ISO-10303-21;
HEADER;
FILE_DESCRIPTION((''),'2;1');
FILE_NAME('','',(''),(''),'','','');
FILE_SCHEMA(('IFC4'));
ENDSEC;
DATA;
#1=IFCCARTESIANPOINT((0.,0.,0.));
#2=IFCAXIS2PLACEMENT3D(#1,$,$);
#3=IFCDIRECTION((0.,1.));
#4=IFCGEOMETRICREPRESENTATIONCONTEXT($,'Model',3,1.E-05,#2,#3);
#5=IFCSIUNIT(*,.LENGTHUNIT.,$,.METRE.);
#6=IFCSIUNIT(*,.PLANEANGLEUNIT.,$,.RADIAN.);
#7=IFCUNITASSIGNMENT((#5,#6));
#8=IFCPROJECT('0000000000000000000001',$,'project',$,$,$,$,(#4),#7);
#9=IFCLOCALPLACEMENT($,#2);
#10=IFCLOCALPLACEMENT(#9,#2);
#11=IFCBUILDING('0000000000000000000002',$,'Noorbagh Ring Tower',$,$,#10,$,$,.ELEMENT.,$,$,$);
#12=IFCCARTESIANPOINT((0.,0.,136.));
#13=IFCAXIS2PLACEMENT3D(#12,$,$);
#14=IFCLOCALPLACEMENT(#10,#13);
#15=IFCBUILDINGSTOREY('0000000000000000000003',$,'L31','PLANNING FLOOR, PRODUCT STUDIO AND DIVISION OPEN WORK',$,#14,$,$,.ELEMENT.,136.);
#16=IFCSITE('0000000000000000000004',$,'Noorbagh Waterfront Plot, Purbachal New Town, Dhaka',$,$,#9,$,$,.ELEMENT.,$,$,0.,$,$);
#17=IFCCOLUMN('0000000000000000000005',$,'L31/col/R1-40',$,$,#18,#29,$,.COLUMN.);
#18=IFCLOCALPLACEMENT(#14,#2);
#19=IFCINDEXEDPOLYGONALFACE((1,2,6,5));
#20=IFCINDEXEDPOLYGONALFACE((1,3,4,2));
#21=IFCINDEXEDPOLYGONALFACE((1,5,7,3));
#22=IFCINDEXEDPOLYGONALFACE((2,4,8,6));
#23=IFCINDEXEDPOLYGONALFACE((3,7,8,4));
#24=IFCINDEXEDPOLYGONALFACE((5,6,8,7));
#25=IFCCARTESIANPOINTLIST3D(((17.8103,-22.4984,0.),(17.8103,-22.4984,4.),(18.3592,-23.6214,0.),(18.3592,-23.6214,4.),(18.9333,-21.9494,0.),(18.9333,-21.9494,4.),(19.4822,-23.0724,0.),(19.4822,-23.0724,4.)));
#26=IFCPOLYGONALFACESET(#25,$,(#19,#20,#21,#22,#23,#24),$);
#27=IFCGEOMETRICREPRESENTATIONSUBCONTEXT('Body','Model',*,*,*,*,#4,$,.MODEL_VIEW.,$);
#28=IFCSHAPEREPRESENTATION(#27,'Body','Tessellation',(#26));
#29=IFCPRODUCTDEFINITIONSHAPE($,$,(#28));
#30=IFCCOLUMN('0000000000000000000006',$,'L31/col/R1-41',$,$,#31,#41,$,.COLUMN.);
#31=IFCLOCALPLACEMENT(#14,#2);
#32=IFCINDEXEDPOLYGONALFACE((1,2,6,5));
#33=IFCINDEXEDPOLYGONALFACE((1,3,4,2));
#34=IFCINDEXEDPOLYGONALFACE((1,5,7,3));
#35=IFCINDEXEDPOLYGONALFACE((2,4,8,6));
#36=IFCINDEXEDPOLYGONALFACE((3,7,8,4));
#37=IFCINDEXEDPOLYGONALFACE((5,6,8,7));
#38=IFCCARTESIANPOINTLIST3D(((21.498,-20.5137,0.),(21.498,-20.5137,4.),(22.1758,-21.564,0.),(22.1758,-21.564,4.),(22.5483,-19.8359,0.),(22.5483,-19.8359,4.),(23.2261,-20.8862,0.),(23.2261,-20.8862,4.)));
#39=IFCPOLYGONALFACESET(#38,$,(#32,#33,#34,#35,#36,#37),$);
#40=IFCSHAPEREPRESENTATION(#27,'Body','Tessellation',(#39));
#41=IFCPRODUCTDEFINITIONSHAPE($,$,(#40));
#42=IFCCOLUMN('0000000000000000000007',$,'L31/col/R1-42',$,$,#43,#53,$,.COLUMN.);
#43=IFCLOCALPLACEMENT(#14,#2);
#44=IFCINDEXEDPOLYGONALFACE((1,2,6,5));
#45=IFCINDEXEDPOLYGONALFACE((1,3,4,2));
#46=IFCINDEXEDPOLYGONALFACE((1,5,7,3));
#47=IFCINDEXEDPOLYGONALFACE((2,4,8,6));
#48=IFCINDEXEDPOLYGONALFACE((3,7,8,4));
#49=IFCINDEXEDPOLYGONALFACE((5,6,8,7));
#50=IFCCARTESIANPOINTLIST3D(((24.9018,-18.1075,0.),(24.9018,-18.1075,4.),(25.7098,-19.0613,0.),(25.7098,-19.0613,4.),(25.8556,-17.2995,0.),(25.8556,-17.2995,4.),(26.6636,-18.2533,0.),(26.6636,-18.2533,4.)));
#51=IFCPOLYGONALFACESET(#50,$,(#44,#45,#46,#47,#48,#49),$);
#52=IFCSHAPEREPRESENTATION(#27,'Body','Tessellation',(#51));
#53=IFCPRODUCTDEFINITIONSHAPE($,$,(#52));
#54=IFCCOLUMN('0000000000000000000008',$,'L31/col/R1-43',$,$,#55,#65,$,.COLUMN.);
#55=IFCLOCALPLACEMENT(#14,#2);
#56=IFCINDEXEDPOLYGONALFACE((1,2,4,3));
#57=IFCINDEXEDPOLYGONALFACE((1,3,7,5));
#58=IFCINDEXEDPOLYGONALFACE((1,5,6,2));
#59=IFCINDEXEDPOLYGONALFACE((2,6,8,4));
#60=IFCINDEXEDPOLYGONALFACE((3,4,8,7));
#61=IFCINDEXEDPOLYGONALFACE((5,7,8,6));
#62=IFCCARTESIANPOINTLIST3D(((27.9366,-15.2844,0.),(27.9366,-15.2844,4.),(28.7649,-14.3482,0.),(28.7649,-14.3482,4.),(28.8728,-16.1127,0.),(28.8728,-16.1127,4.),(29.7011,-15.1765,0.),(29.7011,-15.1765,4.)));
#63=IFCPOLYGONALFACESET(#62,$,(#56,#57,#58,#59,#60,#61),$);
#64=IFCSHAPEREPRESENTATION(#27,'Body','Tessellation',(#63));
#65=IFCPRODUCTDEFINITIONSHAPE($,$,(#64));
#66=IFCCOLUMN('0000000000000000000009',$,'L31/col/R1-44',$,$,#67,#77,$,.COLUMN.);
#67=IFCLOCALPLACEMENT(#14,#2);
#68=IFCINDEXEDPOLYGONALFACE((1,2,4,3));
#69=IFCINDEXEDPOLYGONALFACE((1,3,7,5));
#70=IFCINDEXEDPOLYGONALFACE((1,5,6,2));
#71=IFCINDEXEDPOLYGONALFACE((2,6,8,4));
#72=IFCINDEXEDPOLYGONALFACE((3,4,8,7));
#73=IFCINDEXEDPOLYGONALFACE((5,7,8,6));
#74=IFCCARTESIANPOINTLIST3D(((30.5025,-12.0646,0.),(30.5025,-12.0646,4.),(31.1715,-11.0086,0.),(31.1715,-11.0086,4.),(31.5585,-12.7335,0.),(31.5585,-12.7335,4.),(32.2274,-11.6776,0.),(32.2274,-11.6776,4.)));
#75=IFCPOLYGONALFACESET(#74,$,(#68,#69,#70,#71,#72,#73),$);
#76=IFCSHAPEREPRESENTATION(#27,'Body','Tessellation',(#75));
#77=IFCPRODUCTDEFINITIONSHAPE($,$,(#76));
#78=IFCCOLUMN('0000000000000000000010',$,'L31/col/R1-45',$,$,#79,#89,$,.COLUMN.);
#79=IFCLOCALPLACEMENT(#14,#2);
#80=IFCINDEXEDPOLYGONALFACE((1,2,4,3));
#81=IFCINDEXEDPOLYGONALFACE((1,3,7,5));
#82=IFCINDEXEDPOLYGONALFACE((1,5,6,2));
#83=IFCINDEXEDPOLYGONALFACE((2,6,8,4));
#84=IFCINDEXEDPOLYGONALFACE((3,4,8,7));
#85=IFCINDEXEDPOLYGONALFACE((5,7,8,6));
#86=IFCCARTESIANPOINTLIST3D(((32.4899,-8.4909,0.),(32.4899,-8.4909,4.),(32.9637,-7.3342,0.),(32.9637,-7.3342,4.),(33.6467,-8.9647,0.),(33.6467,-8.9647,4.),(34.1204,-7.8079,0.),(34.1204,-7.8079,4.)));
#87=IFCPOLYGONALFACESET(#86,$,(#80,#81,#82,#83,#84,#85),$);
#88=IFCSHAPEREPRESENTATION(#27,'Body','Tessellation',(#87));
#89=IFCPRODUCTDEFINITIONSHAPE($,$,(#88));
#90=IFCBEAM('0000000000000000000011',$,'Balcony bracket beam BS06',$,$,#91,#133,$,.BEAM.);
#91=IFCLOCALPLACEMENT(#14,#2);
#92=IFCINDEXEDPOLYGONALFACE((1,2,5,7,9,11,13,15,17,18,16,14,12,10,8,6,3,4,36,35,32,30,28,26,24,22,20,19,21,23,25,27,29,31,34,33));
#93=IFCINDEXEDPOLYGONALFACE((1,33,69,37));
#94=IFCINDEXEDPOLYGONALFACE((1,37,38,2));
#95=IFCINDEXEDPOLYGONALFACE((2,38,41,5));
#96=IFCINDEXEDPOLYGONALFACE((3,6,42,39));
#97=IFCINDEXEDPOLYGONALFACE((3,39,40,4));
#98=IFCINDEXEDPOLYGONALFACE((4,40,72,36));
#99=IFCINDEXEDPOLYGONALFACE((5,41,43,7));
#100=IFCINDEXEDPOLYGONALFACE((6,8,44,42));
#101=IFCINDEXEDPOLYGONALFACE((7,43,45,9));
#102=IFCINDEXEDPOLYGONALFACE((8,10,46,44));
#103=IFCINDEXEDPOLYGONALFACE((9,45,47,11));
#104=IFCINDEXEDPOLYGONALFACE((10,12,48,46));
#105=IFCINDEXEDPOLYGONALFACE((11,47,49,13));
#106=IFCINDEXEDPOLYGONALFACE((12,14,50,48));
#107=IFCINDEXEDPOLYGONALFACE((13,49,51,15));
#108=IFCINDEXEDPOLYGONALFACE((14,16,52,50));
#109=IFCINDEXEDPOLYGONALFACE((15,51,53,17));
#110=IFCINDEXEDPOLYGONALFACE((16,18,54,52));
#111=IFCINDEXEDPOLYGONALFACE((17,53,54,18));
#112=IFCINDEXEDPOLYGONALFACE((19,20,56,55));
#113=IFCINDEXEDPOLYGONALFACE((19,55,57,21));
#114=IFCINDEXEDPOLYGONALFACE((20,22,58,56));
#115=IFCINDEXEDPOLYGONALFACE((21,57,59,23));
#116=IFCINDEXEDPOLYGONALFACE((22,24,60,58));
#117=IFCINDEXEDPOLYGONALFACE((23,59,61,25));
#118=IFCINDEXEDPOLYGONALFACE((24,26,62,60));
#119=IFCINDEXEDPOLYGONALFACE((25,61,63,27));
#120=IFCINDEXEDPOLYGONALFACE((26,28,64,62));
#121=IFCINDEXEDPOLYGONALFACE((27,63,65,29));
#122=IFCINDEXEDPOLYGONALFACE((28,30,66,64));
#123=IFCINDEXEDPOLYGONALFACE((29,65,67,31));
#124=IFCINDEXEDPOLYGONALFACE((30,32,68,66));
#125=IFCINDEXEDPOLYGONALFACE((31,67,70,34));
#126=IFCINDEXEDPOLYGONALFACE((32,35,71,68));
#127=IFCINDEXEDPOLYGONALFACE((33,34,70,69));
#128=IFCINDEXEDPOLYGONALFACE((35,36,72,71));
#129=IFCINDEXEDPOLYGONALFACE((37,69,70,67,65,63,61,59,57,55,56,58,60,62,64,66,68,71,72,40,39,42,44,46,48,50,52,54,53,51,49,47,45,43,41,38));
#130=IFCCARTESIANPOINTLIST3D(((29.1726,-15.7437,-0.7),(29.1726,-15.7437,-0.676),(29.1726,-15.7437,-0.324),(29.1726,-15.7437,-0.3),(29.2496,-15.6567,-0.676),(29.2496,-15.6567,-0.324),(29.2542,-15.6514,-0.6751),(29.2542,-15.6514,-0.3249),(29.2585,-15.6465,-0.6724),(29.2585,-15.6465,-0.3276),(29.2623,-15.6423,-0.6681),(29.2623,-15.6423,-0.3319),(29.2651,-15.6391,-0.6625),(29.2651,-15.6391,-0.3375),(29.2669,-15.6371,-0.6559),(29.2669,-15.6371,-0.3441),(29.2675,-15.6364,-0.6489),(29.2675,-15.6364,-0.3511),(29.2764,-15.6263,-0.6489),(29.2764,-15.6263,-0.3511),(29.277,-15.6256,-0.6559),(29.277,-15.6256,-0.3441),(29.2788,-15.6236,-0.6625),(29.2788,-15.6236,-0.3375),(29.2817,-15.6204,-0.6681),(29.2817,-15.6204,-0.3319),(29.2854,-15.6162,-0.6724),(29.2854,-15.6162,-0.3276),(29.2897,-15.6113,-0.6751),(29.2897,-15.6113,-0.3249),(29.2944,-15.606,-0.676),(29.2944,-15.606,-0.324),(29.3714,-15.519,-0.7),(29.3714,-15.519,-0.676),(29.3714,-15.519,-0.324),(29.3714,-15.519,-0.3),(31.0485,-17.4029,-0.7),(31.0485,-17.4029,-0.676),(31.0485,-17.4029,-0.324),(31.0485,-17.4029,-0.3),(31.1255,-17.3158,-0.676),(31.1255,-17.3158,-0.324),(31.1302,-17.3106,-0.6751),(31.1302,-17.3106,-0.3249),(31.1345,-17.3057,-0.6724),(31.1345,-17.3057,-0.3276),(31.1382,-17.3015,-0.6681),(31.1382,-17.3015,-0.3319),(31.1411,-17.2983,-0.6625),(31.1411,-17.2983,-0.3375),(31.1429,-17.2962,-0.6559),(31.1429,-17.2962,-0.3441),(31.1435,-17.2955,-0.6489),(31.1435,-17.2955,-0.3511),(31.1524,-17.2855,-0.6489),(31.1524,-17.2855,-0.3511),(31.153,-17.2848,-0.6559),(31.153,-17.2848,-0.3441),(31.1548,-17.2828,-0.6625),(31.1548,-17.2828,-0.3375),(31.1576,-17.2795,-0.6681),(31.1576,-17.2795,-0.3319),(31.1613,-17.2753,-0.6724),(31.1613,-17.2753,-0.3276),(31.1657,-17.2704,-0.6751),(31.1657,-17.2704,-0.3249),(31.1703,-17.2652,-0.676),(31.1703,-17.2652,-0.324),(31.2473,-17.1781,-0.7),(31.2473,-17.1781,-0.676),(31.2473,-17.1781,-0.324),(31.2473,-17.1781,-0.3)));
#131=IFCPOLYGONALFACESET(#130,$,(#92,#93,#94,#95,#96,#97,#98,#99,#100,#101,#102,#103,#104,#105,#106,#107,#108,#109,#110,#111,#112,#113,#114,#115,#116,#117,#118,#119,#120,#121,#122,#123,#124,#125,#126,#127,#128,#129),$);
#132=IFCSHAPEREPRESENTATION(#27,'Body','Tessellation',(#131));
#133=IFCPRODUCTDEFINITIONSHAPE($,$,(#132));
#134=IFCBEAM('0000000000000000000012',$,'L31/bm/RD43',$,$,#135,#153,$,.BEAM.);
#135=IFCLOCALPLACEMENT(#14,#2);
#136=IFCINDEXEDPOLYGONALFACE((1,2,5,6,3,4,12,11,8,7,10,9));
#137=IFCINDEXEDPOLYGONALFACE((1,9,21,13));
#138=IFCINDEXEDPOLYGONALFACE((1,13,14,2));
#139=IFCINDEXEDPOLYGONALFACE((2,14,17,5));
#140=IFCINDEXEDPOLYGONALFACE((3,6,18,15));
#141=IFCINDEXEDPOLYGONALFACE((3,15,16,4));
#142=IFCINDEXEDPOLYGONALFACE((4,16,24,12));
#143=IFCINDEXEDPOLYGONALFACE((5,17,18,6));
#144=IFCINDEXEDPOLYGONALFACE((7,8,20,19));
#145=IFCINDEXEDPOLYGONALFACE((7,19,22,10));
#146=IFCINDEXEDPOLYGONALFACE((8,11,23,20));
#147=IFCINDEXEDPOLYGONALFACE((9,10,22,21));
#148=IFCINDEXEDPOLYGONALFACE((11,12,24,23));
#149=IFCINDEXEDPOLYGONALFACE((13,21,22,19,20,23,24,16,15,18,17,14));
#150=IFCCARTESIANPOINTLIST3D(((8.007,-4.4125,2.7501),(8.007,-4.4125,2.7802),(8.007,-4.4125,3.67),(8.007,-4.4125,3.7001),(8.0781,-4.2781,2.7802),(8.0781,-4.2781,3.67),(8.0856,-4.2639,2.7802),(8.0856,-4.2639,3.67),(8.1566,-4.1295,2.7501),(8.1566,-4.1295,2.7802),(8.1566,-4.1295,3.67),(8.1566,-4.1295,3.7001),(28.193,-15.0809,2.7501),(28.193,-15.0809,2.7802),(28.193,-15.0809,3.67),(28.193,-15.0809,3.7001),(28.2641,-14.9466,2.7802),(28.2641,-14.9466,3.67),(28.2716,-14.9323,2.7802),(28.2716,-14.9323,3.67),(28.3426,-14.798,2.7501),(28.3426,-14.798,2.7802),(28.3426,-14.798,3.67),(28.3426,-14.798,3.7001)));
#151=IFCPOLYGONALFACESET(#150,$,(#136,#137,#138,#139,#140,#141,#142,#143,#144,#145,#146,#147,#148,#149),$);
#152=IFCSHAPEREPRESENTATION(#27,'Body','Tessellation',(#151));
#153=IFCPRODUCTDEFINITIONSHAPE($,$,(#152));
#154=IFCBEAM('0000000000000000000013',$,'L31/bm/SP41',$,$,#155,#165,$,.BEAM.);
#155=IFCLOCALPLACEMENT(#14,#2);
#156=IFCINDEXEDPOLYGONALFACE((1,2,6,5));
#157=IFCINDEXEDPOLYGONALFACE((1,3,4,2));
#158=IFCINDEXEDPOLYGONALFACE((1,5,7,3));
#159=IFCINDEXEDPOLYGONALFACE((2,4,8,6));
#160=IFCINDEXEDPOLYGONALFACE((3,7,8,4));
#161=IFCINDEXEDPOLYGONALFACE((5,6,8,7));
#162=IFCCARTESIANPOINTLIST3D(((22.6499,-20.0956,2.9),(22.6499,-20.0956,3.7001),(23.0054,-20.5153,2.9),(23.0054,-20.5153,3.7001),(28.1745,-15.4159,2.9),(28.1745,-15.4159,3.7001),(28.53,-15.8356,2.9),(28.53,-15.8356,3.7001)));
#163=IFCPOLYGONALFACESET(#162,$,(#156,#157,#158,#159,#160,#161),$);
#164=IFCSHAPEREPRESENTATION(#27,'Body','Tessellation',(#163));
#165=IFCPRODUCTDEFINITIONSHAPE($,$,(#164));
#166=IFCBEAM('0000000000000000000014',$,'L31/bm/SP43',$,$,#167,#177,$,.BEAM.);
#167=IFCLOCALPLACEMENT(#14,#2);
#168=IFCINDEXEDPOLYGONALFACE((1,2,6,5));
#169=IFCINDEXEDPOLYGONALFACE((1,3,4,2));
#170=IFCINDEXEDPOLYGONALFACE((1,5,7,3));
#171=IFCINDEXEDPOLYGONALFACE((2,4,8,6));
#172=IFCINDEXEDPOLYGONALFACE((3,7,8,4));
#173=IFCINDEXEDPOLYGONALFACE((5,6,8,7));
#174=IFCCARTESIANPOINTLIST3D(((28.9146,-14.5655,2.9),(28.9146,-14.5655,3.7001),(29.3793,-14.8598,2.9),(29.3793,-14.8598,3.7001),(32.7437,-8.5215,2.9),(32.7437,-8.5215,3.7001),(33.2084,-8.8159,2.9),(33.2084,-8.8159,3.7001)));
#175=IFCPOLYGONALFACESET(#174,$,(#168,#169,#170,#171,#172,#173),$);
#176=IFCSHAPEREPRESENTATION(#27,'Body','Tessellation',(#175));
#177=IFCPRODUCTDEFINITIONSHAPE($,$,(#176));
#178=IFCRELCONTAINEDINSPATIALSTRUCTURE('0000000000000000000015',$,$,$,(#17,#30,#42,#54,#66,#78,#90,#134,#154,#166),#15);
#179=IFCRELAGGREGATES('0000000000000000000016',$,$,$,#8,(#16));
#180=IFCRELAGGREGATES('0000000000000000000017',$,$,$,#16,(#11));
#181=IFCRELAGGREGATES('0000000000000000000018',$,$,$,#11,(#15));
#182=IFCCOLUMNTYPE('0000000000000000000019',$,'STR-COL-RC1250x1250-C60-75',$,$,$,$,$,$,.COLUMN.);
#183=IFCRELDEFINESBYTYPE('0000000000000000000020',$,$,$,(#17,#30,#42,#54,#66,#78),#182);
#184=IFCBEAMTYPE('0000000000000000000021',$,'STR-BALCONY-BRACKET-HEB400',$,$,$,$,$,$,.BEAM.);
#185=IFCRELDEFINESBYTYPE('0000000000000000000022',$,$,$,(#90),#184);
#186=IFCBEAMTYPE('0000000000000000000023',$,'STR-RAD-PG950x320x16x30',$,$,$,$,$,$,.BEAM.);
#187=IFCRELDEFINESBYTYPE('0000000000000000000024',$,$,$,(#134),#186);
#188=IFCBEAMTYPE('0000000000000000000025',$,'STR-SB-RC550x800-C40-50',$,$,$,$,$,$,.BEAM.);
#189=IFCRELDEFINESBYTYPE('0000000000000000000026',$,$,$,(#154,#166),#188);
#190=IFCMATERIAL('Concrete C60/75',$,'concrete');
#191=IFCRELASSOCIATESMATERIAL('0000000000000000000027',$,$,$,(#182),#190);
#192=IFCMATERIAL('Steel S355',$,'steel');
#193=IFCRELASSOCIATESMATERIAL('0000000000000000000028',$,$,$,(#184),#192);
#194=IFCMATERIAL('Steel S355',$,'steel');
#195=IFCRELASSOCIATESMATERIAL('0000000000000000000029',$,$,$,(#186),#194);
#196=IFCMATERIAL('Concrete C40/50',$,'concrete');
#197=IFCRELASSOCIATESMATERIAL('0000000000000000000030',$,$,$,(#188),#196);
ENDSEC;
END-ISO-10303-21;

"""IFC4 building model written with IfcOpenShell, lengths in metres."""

from ifc_helpers import new_model, si_unit, direction, frame, origin, origin_2d, place, context, subcontext, project, spatial, rectangle, i_section, extrude, material, material_profile, profile_set, type_object, element, save


model = new_model("IFC4")

# Units and contexts
model_context = context("Model", 3, precision=1e-05, world=origin(), true_north=direction((0.0, 1.0)))
body_context = subcontext(model_context, "Body", "Model", "MODEL_VIEW")
ifc_project = project(units=[si_unit("LENGTHUNIT", "METRE"), si_unit("PLANEANGLEUNIT", "RADIAN")], contexts=[model_context])

# Site, building, storey
site_placement = place(None, origin())
site = spatial("IfcSite", under=ifc_project, at=site_placement, Name="Noorbagh Waterfront Plot, Purbachal New Town, Dhaka", CompositionType="ELEMENT", RefElevation=0.0)
building_placement = place(site_placement, origin())
building = spatial("IfcBuilding", under=site, at=building_placement, Name="Noorbagh Ring Tower", CompositionType="ELEMENT")
storey_placement = place(building_placement, frame((0.0, 0.0, 136.0)))
storey = spatial("IfcBuildingStorey", under=building, at=storey_placement, Name="L31", Description="PLANNING FLOOR, PRODUCT STUDIO AND DIVISION OPEN WORK", CompositionType="ELEMENT", Elevation=136.0)

# Columns
ifc_material_1 = material(Name="Concrete C60/75", Category="concrete")
ifc_material_profile_1 = material_profile(ifc_material_1, rectangle(XDim=1.25, YDim=1.25, at=origin_2d()), Name="RC1250x1250")
ifc_profile_set_1 = profile_set([ifc_material_profile_1], Name="Concrete C60/75")
column_type = type_object("IfcColumnType", Name="STR-COL-RC1250x1250-C60-75", PredefinedType="COLUMN", material=ifc_profile_set_1)
for number, where, z_axis, x_axis, name in (
    (1, (18.6462, -22.7854, 0.0), (0.0, 0.0, 1.0), (0.898399, 0.43918, 0.0), "L31/col/R1-40"),
    (2, (22.3621, -20.7, 0.0), (0.0, 0.0, 1.0), (0.840248, 0.542203, 0.0), "L31/col/R1-41"),
    (3, (25.7827, -18.1804, 0.0), (0.0, 0.0, 1.0), (0.763035, 0.646357, 0.0), "L31/col/R1-42"),
    (4, (28.8188, -15.2305, 0.0), (0.0, 0.0, 1.0), (0.662636, 0.748942, 0.0), "L31/col/R1-43"),
    (5, (31.365, -11.8711, 0.0), (0.0, 0.0, 1.0), (0.53519, 0.844731, 0.0), "L31/col/R1-44"),
    (6, (33.3052, -8.1494, 0.0), (0.0, 0.0, 1.0), (0.378989, 0.925401, 0.0), "L31/col/R1-45"),
):
    element("IfcColumn", number, at=place(storey_placement, frame(where, z_axis=z_axis, x_axis=x_axis)), inside=storey, type_object=column_type, Name=name, PredefinedType="COLUMN", context=body_context, shape_type="SweptSolid", body=[
        extrude(rectangle(XDim=1.25, YDim=1.25, at=origin_2d()), origin(), (0.0, 0.0, 1.0), 4.0),
    ])

# Beams
ifc_material_2 = material(Name="Steel S355", Category="steel")
ifc_material_profile_2 = material_profile(ifc_material_2, i_section(OverallWidth=0.3, OverallDepth=0.3999, WebThickness=0.0134, FlangeThickness=0.0239, FilletRadius=0.0271, at=origin_2d()), Name="HEB400")
ifc_profile_set_2 = profile_set([ifc_material_profile_2], Name="Steel S355")
beam_type_1 = type_object("IfcBeamType", Name="STR-BALCONY-BRACKET-HEB400", PredefinedType="BEAM", material=ifc_profile_set_2)
beam_1_placement = place(storey_placement, frame((29.272, -15.6313, -0.5), z_axis=(0.749064, -0.662498, 0.0), x_axis=(0.662498, 0.749064, 0.0)))
element("IfcBeam", 7, at=beam_1_placement, inside=storey, type_object=beam_type_1, Name="Balcony bracket beam BS06", PredefinedType="BEAM", context=body_context, shape_type="SweptSolid", body=[
    extrude(i_section(OverallWidth=0.3, OverallDepth=0.3999, WebThickness=0.0134, FlangeThickness=0.0239, FilletRadius=0.0271, at=origin_2d()), origin(), (0.0, 0.0, 1.0), 2.5044),
])
ifc_material_3 = material(Name="Steel S355", Category="steel")
ifc_material_profile_3 = material_profile(ifc_material_3, i_section(OverallWidth=0.3201, OverallDepth=0.95, WebThickness=0.0161, FlangeThickness=0.03, at=origin_2d()), Name="PG950x320x16x30")
ifc_profile_set_3 = profile_set([ifc_material_profile_3], Name="Steel S355")
beam_type_2 = type_object("IfcBeamType", Name="STR-RAD-PG950x320x16x30", PredefinedType="BEAM", material=ifc_profile_set_3)
beam_2_placement = place(storey_placement, frame((28.2678, -14.9395, 3.2251), z_axis=(-0.884119, 0.467263, 0.0), x_axis=(-0.467263, -0.884119, 0.0)))
element("IfcBeam", 8, at=beam_2_placement, inside=storey, type_object=beam_type_2, Name="L31/bm/RD43", PredefinedType="BEAM", context=body_context, shape_type="SweptSolid", body=[
    extrude(i_section(OverallWidth=0.3201, OverallDepth=0.95, WebThickness=0.0161, FlangeThickness=0.03, at=origin_2d()), origin(), (0.0, 0.0, 1.0), 22.8318),
])
ifc_material_4 = material(Name="Concrete C40/50", Category="concrete")
ifc_material_profile_4 = material_profile(ifc_material_4, rectangle(XDim=0.55, YDim=0.8, at=origin_2d()), Name="RC550x800")
ifc_profile_set_4 = profile_set([ifc_material_profile_4], Name="Concrete C40/50")
beam_type_3 = type_object("IfcBeamType", Name="STR-SB-RC550x800-C40-50", PredefinedType="BEAM", material=ifc_profile_set_4)
beam_3_placement = place(storey_placement, frame((22.8276, -20.3054, 3.3), z_axis=(0.763047, 0.646343, 0.0), x_axis=(-0.646343, 0.763047, 0.0)))
element("IfcBeam", 9, at=beam_3_placement, inside=storey, type_object=beam_type_3, Name="L31/bm/SP41", PredefinedType="BEAM", context=body_context, shape_type="SweptSolid", body=[
    extrude(rectangle(XDim=0.55, YDim=0.8, at=origin_2d()), origin(), (0.0, 0.0, 1.0), 7.2402),
])
beam_4_placement = place(storey_placement, frame((29.147, -14.7126, 3.3), z_axis=(0.535179, 0.844739, 0.0), x_axis=(-0.844739, 0.535179, 0.0)))
element("IfcBeam", 10, at=beam_4_placement, inside=storey, type_object=beam_type_3, Name="L31/bm/SP43", PredefinedType="BEAM", context=body_context, shape_type="SweptSolid", body=[
    extrude(rectangle(XDim=0.55, YDim=0.8, at=origin_2d()), origin(), (0.0, 0.0, 1.0), 7.1548),
])

save(model, "model.ifc")
